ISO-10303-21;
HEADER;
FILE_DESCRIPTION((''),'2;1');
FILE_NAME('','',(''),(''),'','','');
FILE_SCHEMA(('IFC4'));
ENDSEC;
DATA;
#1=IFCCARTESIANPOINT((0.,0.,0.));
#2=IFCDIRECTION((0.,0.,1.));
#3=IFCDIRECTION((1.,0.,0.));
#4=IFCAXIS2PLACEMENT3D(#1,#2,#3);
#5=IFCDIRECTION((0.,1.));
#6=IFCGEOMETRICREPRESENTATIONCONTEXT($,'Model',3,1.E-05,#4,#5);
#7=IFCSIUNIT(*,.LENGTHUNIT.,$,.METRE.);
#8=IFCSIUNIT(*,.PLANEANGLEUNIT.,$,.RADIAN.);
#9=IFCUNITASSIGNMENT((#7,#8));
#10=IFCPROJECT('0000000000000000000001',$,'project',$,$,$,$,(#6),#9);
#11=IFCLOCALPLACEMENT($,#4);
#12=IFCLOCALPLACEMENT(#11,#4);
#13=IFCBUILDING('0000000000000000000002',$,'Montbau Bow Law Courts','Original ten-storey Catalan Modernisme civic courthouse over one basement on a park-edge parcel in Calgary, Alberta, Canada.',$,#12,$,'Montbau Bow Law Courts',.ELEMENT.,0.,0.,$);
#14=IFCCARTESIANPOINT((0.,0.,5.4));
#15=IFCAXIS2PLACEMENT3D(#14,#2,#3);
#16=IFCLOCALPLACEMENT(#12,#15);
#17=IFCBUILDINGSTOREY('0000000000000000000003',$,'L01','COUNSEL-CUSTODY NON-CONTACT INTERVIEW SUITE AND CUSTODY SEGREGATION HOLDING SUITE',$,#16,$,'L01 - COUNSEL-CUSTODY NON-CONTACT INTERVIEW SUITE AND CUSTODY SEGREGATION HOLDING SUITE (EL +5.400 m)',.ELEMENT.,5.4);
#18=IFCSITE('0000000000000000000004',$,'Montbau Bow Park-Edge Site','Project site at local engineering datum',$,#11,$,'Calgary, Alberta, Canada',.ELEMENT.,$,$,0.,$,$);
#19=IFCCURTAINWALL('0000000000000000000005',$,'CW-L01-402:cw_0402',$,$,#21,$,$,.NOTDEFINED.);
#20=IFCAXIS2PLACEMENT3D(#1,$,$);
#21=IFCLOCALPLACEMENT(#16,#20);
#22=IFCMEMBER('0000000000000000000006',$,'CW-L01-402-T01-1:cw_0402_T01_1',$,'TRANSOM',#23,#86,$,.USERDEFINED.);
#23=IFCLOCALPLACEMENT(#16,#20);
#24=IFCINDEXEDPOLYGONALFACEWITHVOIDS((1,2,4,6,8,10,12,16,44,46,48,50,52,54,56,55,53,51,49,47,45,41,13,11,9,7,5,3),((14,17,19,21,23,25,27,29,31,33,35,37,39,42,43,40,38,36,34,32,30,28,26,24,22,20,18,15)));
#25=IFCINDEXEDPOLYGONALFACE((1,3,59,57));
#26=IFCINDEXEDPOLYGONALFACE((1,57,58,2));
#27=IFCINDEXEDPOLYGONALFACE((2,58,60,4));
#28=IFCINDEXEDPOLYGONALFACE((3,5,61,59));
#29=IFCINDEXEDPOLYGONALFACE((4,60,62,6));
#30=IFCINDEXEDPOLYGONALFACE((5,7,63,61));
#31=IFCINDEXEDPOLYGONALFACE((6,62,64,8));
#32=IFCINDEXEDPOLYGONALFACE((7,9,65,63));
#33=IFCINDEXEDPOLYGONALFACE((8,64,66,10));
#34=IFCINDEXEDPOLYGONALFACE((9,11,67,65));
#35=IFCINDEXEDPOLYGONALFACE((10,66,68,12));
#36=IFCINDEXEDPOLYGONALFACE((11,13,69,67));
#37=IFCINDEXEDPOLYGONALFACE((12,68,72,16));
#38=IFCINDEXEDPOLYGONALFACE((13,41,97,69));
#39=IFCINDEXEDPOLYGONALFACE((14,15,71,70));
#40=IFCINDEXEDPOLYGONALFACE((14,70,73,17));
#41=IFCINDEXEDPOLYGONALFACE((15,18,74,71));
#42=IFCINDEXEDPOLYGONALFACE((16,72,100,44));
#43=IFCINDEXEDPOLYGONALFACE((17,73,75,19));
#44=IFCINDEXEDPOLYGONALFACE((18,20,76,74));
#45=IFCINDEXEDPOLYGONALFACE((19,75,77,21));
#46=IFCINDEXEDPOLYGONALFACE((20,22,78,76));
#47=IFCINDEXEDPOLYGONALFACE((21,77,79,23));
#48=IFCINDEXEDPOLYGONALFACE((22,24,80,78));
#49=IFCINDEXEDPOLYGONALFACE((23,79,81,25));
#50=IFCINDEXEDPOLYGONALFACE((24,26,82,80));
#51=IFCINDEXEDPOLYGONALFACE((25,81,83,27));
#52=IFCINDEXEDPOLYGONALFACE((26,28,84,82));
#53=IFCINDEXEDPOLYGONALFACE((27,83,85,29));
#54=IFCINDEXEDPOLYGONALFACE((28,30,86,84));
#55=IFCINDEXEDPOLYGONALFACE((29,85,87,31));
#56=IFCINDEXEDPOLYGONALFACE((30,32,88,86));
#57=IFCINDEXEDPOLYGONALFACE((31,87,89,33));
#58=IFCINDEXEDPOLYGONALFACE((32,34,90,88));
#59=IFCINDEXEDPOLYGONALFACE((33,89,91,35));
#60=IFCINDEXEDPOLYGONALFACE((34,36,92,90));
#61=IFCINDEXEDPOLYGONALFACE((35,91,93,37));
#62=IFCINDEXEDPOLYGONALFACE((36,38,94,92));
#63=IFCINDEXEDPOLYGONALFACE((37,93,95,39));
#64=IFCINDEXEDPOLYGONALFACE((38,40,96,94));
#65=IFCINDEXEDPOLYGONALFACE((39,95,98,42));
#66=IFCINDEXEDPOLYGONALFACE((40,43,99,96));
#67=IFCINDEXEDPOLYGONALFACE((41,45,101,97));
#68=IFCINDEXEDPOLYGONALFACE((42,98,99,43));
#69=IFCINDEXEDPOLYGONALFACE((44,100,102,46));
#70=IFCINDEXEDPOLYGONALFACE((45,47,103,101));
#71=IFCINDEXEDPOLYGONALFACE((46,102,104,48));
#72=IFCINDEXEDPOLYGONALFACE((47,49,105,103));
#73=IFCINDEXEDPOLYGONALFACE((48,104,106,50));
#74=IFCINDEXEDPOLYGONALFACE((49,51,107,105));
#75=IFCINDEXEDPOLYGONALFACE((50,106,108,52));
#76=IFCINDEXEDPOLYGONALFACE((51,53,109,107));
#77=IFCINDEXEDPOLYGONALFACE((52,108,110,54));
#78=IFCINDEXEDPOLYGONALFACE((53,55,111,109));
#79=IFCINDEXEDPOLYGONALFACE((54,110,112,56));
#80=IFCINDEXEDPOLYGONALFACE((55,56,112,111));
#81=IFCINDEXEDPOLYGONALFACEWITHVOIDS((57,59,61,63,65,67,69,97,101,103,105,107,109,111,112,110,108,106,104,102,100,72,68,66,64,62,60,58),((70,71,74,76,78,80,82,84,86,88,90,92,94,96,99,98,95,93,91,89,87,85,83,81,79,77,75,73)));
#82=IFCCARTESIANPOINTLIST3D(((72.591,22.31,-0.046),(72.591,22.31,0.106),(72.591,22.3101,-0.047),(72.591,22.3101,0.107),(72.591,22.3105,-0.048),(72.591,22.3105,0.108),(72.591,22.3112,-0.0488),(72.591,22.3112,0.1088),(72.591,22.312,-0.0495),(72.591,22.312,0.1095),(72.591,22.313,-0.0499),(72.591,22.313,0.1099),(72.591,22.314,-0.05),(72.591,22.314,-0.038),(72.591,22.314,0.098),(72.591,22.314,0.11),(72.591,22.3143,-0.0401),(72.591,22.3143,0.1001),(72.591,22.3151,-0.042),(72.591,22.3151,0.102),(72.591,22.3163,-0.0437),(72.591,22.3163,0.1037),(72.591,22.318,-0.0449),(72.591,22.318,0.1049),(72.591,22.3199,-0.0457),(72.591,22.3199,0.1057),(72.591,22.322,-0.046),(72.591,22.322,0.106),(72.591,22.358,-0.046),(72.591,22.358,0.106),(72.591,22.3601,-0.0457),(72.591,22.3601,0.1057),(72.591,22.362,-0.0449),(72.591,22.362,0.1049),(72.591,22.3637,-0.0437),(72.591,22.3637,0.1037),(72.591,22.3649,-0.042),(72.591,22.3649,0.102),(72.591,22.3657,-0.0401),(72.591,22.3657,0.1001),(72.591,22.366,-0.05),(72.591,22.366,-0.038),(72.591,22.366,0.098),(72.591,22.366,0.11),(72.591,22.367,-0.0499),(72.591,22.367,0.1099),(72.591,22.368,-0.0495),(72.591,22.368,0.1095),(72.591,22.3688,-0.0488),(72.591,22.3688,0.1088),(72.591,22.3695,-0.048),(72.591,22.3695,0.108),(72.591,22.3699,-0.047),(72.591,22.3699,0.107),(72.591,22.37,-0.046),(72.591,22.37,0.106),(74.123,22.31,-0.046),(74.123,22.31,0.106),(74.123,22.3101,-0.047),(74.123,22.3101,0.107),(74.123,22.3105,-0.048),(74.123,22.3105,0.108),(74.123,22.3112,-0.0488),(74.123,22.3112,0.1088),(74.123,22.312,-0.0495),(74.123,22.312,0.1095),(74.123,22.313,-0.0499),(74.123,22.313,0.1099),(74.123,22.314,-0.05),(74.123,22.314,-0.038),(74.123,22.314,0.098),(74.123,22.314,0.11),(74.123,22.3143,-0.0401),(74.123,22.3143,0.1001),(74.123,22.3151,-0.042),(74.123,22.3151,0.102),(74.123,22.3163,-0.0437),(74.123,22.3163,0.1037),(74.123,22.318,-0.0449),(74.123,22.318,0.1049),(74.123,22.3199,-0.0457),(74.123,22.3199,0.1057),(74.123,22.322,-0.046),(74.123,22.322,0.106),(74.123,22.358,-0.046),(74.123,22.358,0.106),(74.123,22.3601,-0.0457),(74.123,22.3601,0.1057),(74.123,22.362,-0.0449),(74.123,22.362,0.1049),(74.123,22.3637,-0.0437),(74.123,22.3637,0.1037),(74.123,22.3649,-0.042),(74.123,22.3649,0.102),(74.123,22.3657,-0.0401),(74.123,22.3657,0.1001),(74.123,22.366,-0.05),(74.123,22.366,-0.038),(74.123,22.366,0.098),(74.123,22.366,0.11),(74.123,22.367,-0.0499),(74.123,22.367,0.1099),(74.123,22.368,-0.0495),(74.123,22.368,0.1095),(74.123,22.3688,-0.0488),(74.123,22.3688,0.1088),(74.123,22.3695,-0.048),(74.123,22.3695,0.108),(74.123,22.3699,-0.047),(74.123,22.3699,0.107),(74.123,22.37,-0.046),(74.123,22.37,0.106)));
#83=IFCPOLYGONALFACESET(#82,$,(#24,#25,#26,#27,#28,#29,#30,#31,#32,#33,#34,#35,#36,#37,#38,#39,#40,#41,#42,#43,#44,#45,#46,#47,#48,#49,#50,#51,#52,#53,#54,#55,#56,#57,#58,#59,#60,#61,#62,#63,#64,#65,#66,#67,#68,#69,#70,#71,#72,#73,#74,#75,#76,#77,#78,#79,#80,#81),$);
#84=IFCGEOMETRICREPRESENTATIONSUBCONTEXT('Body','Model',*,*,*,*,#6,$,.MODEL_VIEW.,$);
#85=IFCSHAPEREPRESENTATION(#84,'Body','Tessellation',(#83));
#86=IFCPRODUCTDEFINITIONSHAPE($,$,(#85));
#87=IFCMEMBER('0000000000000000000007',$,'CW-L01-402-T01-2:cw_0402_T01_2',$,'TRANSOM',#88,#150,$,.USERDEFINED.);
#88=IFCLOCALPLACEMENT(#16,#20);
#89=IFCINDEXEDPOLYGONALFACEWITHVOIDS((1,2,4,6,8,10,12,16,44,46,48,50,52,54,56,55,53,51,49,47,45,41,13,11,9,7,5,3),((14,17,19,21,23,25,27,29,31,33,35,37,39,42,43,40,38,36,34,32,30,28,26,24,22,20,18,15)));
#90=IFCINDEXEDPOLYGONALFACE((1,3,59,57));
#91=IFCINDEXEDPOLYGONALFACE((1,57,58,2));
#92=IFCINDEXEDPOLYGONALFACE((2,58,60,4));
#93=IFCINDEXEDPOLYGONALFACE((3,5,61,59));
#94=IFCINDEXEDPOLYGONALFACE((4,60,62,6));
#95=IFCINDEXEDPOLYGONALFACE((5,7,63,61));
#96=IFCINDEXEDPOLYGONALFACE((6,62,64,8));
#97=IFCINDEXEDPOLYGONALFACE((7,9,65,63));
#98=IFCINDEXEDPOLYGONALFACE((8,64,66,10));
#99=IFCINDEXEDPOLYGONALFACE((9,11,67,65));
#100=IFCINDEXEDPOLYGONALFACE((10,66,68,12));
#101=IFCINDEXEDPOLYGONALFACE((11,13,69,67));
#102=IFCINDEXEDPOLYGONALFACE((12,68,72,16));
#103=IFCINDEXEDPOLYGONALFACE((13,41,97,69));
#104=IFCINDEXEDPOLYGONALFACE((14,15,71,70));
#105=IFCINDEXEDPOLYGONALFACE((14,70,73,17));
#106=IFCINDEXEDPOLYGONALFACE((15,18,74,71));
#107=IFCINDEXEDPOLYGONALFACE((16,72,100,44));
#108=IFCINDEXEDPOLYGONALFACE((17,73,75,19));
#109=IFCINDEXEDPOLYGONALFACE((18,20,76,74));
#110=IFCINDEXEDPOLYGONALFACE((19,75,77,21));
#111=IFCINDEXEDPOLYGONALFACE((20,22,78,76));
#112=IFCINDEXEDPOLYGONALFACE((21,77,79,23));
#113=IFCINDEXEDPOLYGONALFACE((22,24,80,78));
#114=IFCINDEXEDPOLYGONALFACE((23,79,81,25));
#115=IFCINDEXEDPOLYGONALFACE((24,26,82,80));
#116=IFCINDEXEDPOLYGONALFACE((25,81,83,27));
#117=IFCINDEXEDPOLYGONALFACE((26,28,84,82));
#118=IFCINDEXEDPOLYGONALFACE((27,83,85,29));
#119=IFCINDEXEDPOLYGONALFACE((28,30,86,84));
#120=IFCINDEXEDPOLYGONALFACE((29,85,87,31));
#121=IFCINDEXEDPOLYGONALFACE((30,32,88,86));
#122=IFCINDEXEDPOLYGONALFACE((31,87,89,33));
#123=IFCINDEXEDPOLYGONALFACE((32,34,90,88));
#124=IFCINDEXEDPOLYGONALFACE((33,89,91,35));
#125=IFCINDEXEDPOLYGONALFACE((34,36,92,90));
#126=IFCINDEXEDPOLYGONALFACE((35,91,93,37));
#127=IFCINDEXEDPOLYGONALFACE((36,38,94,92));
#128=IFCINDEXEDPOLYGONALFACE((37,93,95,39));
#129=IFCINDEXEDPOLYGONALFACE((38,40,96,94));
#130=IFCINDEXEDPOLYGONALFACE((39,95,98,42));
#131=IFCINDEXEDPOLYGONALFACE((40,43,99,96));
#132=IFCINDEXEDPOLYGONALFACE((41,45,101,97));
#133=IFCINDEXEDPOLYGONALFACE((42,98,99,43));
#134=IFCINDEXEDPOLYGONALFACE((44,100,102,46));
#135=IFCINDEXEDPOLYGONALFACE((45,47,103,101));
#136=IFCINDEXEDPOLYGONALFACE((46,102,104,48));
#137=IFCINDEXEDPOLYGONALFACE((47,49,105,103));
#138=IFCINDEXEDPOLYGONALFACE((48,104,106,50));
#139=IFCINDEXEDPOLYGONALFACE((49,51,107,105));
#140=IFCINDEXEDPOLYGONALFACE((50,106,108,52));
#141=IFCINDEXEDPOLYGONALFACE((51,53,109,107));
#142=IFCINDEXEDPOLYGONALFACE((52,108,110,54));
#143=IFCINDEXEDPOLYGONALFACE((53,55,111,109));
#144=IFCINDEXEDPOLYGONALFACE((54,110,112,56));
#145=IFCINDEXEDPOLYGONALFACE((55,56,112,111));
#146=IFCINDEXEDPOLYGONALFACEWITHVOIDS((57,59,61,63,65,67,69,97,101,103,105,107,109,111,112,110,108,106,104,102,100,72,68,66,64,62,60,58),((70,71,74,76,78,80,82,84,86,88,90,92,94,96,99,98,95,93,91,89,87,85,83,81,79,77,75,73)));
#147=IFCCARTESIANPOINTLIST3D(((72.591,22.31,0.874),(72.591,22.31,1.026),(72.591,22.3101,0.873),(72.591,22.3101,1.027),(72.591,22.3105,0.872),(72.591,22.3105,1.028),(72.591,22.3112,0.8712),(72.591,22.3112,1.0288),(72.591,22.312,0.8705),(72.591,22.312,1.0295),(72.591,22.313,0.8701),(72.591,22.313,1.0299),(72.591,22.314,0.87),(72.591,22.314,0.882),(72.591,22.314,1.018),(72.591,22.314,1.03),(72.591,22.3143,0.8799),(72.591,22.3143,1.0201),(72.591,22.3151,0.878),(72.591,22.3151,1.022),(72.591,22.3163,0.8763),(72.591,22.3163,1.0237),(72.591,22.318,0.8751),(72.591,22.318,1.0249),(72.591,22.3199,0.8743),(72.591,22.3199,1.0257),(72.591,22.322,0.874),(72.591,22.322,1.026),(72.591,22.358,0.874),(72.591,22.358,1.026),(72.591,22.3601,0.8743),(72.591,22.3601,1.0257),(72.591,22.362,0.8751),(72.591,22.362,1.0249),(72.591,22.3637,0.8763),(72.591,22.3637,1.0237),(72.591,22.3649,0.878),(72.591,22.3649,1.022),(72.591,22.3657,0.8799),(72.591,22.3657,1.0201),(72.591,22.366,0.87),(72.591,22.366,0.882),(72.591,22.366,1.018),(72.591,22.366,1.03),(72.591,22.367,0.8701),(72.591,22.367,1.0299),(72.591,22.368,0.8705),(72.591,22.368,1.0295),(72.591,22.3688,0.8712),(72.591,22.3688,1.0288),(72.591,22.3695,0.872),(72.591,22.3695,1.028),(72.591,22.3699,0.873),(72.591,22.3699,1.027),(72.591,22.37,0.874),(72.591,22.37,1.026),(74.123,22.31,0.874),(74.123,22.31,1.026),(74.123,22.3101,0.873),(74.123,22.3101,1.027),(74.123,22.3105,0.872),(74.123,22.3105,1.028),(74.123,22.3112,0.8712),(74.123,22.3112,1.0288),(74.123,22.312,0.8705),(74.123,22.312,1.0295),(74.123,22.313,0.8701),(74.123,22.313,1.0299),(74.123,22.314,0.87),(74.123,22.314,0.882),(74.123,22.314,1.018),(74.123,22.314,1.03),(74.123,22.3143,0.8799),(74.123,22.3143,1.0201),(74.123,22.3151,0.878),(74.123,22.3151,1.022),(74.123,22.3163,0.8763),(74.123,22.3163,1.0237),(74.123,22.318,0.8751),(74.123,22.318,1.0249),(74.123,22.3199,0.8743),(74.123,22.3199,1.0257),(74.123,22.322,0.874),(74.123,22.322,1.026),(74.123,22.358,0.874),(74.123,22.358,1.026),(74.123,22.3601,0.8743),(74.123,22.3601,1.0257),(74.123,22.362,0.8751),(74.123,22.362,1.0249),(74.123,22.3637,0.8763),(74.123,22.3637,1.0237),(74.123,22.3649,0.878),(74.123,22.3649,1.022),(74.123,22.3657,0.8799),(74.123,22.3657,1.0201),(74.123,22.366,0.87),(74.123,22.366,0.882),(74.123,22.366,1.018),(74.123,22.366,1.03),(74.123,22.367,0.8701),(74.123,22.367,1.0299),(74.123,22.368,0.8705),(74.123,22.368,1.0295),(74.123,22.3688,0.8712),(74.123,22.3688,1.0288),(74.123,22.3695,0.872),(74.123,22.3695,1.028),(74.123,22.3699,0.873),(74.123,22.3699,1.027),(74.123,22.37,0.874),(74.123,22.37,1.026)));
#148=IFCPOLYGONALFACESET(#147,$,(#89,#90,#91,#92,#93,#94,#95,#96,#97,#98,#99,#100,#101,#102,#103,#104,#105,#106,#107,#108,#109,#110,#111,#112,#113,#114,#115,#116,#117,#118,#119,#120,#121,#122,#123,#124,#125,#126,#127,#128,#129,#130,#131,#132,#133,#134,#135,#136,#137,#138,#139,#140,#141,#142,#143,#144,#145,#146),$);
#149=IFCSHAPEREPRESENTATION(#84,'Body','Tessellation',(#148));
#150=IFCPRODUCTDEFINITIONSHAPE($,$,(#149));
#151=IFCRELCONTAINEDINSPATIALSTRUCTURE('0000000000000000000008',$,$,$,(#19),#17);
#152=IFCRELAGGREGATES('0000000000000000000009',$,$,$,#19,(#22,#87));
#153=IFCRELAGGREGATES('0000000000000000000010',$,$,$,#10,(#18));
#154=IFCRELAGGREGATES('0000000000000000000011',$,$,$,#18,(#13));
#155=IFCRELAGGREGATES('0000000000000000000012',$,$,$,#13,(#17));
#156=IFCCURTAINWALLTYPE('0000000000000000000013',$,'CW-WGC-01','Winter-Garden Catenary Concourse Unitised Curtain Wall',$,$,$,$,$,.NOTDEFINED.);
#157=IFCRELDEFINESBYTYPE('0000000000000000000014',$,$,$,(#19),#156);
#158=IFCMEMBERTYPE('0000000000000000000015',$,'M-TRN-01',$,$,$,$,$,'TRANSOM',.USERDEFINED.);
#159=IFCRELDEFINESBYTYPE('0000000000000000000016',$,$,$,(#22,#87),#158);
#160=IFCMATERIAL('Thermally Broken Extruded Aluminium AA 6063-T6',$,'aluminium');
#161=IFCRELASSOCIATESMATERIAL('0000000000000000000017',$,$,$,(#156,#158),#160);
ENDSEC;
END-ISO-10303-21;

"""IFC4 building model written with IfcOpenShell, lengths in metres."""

from ifc_helpers import new_model, si_unit, direction, frame, origin_with_axes, origin_2d_with_axis, place, context, subcontext, project, spatial, hollow_rectangle, extrude, material, material_profile, profile_set, type_object, element, aggregate, save


model = new_model("IFC4")

# Units and contexts
model_context = context("Model", 3, precision=1e-05, world=origin_with_axes(), true_north=direction((0.0, 1.0)))
body_context = subcontext(model_context, "Body", "Model", "MODEL_VIEW")
ifc_project = project(units=[si_unit("LENGTHUNIT", "METRE"), si_unit("PLANEANGLEUNIT", "RADIAN")], contexts=[model_context])

# Site, building, storey
site_placement = place(None, origin_with_axes())
site = spatial("IfcSite", under=ifc_project, at=site_placement, Name="Montbau Bow Park-Edge Site", Description="Project site at local engineering datum", LongName="Calgary, Alberta, Canada", CompositionType="ELEMENT", RefElevation=0.0)
building_placement = place(site_placement, origin_with_axes())
building = spatial("IfcBuilding", under=site, at=building_placement, Name="Montbau Bow Law Courts", Description="Original ten-storey Catalan Modernisme civic courthouse over one basement on a park-edge parcel in Calgary, Alberta, Canada.", LongName="Montbau Bow Law Courts", CompositionType="ELEMENT", ElevationOfRefHeight=0.0, ElevationOfTerrain=0.0)
storey_placement = place(building_placement, frame((0.0, 0.0, 5.4), z_axis=(0.0, 0.0, 1.0), x_axis=(1.0, 0.0, 0.0)))
storey = spatial("IfcBuildingStorey", under=building, at=storey_placement, Name="L01", Description="COUNSEL-CUSTODY NON-CONTACT INTERVIEW SUITE AND CUSTODY SEGREGATION HOLDING SUITE", LongName="L01 - COUNSEL-CUSTODY NON-CONTACT INTERVIEW SUITE AND CUSTODY SEGREGATION HOLDING SUITE (EL +5.400 m)", CompositionType="ELEMENT", Elevation=5.4)

# Curtain wall
ifc_material_1 = material(Name="Thermally Broken Extruded Aluminium AA 6063-T6", Category="aluminium")
curtain_wall_type = type_object("IfcCurtainWallType", Name="CW-WGC-01", Description="Winter-Garden Catenary Concourse Unitised Curtain Wall", PredefinedType="NOTDEFINED", material=ifc_material_1)
curtain_wall_1_placement = place(None, frame((72.515, 22.34, 5.4), z_axis=(0.0, 0.0, 1.0), x_axis=(1.0, 0.0, 0.0)))
curtain_wall_1 = element("IfcCurtainWall", 1, at=curtain_wall_1_placement, inside=storey, type_object=curtain_wall_type, Name="CW-L01-402:cw_0402", PredefinedType="NOTDEFINED")

# Members
ifc_material_profile_1 = material_profile(ifc_material_1, hollow_rectangle(XDim=0.06, YDim=0.16, WallThickness=0.004, InnerFilletRadius=0.008, OuterFilletRadius=0.004, at=origin_2d_with_axis()), Name="CWT-160X60", Category="Main", Priority=0)
ifc_profile_set_1 = profile_set([ifc_material_profile_1], Name="Thermally Broken Extruded Aluminium AA 6063-T6")
member_type_1 = type_object("IfcMemberType", Name="M-TRN-01", ElementType="TRANSOM", PredefinedType="USERDEFINED", material=ifc_profile_set_1)
member_1_placement = place(None, frame((72.591, 22.34, 5.43), z_axis=(1.0, 0.0, 0.0), x_axis=(0.0, 1.0, 0.0)))
member_1 = element("IfcMember", 2, at=member_1_placement, type_object=member_type_1, Name="CW-L01-402-T01-1:cw_0402_T01_1", ObjectType="TRANSOM", PredefinedType="USERDEFINED", context=body_context, shape_type="SweptSolid", body=[
    extrude(hollow_rectangle(XDim=0.06, YDim=0.16, WallThickness=0.004, InnerFilletRadius=0.008, OuterFilletRadius=0.004, at=origin_2d_with_axis()), origin_with_axes(), (0.0, 0.0, 1.0), 1.532),
])
member_2_placement = place(None, frame((72.591, 22.34, 6.35), z_axis=(1.0, 0.0, 0.0), x_axis=(0.0, 1.0, 0.0)))
member_2 = element("IfcMember", 3, at=member_2_placement, type_object=member_type_1, Name="CW-L01-402-T01-2:cw_0402_T01_2", ObjectType="TRANSOM", PredefinedType="USERDEFINED", context=body_context, shape_type="SweptSolid", body=[
    extrude(hollow_rectangle(XDim=0.06, YDim=0.16, WallThickness=0.004, InnerFilletRadius=0.008, OuterFilletRadius=0.004, at=origin_2d_with_axis()), origin_with_axes(), (0.0, 0.0, 1.0), 1.532),
])

aggregate(curtain_wall_1, [member_1, member_2])

save(model, "model.ifc")
